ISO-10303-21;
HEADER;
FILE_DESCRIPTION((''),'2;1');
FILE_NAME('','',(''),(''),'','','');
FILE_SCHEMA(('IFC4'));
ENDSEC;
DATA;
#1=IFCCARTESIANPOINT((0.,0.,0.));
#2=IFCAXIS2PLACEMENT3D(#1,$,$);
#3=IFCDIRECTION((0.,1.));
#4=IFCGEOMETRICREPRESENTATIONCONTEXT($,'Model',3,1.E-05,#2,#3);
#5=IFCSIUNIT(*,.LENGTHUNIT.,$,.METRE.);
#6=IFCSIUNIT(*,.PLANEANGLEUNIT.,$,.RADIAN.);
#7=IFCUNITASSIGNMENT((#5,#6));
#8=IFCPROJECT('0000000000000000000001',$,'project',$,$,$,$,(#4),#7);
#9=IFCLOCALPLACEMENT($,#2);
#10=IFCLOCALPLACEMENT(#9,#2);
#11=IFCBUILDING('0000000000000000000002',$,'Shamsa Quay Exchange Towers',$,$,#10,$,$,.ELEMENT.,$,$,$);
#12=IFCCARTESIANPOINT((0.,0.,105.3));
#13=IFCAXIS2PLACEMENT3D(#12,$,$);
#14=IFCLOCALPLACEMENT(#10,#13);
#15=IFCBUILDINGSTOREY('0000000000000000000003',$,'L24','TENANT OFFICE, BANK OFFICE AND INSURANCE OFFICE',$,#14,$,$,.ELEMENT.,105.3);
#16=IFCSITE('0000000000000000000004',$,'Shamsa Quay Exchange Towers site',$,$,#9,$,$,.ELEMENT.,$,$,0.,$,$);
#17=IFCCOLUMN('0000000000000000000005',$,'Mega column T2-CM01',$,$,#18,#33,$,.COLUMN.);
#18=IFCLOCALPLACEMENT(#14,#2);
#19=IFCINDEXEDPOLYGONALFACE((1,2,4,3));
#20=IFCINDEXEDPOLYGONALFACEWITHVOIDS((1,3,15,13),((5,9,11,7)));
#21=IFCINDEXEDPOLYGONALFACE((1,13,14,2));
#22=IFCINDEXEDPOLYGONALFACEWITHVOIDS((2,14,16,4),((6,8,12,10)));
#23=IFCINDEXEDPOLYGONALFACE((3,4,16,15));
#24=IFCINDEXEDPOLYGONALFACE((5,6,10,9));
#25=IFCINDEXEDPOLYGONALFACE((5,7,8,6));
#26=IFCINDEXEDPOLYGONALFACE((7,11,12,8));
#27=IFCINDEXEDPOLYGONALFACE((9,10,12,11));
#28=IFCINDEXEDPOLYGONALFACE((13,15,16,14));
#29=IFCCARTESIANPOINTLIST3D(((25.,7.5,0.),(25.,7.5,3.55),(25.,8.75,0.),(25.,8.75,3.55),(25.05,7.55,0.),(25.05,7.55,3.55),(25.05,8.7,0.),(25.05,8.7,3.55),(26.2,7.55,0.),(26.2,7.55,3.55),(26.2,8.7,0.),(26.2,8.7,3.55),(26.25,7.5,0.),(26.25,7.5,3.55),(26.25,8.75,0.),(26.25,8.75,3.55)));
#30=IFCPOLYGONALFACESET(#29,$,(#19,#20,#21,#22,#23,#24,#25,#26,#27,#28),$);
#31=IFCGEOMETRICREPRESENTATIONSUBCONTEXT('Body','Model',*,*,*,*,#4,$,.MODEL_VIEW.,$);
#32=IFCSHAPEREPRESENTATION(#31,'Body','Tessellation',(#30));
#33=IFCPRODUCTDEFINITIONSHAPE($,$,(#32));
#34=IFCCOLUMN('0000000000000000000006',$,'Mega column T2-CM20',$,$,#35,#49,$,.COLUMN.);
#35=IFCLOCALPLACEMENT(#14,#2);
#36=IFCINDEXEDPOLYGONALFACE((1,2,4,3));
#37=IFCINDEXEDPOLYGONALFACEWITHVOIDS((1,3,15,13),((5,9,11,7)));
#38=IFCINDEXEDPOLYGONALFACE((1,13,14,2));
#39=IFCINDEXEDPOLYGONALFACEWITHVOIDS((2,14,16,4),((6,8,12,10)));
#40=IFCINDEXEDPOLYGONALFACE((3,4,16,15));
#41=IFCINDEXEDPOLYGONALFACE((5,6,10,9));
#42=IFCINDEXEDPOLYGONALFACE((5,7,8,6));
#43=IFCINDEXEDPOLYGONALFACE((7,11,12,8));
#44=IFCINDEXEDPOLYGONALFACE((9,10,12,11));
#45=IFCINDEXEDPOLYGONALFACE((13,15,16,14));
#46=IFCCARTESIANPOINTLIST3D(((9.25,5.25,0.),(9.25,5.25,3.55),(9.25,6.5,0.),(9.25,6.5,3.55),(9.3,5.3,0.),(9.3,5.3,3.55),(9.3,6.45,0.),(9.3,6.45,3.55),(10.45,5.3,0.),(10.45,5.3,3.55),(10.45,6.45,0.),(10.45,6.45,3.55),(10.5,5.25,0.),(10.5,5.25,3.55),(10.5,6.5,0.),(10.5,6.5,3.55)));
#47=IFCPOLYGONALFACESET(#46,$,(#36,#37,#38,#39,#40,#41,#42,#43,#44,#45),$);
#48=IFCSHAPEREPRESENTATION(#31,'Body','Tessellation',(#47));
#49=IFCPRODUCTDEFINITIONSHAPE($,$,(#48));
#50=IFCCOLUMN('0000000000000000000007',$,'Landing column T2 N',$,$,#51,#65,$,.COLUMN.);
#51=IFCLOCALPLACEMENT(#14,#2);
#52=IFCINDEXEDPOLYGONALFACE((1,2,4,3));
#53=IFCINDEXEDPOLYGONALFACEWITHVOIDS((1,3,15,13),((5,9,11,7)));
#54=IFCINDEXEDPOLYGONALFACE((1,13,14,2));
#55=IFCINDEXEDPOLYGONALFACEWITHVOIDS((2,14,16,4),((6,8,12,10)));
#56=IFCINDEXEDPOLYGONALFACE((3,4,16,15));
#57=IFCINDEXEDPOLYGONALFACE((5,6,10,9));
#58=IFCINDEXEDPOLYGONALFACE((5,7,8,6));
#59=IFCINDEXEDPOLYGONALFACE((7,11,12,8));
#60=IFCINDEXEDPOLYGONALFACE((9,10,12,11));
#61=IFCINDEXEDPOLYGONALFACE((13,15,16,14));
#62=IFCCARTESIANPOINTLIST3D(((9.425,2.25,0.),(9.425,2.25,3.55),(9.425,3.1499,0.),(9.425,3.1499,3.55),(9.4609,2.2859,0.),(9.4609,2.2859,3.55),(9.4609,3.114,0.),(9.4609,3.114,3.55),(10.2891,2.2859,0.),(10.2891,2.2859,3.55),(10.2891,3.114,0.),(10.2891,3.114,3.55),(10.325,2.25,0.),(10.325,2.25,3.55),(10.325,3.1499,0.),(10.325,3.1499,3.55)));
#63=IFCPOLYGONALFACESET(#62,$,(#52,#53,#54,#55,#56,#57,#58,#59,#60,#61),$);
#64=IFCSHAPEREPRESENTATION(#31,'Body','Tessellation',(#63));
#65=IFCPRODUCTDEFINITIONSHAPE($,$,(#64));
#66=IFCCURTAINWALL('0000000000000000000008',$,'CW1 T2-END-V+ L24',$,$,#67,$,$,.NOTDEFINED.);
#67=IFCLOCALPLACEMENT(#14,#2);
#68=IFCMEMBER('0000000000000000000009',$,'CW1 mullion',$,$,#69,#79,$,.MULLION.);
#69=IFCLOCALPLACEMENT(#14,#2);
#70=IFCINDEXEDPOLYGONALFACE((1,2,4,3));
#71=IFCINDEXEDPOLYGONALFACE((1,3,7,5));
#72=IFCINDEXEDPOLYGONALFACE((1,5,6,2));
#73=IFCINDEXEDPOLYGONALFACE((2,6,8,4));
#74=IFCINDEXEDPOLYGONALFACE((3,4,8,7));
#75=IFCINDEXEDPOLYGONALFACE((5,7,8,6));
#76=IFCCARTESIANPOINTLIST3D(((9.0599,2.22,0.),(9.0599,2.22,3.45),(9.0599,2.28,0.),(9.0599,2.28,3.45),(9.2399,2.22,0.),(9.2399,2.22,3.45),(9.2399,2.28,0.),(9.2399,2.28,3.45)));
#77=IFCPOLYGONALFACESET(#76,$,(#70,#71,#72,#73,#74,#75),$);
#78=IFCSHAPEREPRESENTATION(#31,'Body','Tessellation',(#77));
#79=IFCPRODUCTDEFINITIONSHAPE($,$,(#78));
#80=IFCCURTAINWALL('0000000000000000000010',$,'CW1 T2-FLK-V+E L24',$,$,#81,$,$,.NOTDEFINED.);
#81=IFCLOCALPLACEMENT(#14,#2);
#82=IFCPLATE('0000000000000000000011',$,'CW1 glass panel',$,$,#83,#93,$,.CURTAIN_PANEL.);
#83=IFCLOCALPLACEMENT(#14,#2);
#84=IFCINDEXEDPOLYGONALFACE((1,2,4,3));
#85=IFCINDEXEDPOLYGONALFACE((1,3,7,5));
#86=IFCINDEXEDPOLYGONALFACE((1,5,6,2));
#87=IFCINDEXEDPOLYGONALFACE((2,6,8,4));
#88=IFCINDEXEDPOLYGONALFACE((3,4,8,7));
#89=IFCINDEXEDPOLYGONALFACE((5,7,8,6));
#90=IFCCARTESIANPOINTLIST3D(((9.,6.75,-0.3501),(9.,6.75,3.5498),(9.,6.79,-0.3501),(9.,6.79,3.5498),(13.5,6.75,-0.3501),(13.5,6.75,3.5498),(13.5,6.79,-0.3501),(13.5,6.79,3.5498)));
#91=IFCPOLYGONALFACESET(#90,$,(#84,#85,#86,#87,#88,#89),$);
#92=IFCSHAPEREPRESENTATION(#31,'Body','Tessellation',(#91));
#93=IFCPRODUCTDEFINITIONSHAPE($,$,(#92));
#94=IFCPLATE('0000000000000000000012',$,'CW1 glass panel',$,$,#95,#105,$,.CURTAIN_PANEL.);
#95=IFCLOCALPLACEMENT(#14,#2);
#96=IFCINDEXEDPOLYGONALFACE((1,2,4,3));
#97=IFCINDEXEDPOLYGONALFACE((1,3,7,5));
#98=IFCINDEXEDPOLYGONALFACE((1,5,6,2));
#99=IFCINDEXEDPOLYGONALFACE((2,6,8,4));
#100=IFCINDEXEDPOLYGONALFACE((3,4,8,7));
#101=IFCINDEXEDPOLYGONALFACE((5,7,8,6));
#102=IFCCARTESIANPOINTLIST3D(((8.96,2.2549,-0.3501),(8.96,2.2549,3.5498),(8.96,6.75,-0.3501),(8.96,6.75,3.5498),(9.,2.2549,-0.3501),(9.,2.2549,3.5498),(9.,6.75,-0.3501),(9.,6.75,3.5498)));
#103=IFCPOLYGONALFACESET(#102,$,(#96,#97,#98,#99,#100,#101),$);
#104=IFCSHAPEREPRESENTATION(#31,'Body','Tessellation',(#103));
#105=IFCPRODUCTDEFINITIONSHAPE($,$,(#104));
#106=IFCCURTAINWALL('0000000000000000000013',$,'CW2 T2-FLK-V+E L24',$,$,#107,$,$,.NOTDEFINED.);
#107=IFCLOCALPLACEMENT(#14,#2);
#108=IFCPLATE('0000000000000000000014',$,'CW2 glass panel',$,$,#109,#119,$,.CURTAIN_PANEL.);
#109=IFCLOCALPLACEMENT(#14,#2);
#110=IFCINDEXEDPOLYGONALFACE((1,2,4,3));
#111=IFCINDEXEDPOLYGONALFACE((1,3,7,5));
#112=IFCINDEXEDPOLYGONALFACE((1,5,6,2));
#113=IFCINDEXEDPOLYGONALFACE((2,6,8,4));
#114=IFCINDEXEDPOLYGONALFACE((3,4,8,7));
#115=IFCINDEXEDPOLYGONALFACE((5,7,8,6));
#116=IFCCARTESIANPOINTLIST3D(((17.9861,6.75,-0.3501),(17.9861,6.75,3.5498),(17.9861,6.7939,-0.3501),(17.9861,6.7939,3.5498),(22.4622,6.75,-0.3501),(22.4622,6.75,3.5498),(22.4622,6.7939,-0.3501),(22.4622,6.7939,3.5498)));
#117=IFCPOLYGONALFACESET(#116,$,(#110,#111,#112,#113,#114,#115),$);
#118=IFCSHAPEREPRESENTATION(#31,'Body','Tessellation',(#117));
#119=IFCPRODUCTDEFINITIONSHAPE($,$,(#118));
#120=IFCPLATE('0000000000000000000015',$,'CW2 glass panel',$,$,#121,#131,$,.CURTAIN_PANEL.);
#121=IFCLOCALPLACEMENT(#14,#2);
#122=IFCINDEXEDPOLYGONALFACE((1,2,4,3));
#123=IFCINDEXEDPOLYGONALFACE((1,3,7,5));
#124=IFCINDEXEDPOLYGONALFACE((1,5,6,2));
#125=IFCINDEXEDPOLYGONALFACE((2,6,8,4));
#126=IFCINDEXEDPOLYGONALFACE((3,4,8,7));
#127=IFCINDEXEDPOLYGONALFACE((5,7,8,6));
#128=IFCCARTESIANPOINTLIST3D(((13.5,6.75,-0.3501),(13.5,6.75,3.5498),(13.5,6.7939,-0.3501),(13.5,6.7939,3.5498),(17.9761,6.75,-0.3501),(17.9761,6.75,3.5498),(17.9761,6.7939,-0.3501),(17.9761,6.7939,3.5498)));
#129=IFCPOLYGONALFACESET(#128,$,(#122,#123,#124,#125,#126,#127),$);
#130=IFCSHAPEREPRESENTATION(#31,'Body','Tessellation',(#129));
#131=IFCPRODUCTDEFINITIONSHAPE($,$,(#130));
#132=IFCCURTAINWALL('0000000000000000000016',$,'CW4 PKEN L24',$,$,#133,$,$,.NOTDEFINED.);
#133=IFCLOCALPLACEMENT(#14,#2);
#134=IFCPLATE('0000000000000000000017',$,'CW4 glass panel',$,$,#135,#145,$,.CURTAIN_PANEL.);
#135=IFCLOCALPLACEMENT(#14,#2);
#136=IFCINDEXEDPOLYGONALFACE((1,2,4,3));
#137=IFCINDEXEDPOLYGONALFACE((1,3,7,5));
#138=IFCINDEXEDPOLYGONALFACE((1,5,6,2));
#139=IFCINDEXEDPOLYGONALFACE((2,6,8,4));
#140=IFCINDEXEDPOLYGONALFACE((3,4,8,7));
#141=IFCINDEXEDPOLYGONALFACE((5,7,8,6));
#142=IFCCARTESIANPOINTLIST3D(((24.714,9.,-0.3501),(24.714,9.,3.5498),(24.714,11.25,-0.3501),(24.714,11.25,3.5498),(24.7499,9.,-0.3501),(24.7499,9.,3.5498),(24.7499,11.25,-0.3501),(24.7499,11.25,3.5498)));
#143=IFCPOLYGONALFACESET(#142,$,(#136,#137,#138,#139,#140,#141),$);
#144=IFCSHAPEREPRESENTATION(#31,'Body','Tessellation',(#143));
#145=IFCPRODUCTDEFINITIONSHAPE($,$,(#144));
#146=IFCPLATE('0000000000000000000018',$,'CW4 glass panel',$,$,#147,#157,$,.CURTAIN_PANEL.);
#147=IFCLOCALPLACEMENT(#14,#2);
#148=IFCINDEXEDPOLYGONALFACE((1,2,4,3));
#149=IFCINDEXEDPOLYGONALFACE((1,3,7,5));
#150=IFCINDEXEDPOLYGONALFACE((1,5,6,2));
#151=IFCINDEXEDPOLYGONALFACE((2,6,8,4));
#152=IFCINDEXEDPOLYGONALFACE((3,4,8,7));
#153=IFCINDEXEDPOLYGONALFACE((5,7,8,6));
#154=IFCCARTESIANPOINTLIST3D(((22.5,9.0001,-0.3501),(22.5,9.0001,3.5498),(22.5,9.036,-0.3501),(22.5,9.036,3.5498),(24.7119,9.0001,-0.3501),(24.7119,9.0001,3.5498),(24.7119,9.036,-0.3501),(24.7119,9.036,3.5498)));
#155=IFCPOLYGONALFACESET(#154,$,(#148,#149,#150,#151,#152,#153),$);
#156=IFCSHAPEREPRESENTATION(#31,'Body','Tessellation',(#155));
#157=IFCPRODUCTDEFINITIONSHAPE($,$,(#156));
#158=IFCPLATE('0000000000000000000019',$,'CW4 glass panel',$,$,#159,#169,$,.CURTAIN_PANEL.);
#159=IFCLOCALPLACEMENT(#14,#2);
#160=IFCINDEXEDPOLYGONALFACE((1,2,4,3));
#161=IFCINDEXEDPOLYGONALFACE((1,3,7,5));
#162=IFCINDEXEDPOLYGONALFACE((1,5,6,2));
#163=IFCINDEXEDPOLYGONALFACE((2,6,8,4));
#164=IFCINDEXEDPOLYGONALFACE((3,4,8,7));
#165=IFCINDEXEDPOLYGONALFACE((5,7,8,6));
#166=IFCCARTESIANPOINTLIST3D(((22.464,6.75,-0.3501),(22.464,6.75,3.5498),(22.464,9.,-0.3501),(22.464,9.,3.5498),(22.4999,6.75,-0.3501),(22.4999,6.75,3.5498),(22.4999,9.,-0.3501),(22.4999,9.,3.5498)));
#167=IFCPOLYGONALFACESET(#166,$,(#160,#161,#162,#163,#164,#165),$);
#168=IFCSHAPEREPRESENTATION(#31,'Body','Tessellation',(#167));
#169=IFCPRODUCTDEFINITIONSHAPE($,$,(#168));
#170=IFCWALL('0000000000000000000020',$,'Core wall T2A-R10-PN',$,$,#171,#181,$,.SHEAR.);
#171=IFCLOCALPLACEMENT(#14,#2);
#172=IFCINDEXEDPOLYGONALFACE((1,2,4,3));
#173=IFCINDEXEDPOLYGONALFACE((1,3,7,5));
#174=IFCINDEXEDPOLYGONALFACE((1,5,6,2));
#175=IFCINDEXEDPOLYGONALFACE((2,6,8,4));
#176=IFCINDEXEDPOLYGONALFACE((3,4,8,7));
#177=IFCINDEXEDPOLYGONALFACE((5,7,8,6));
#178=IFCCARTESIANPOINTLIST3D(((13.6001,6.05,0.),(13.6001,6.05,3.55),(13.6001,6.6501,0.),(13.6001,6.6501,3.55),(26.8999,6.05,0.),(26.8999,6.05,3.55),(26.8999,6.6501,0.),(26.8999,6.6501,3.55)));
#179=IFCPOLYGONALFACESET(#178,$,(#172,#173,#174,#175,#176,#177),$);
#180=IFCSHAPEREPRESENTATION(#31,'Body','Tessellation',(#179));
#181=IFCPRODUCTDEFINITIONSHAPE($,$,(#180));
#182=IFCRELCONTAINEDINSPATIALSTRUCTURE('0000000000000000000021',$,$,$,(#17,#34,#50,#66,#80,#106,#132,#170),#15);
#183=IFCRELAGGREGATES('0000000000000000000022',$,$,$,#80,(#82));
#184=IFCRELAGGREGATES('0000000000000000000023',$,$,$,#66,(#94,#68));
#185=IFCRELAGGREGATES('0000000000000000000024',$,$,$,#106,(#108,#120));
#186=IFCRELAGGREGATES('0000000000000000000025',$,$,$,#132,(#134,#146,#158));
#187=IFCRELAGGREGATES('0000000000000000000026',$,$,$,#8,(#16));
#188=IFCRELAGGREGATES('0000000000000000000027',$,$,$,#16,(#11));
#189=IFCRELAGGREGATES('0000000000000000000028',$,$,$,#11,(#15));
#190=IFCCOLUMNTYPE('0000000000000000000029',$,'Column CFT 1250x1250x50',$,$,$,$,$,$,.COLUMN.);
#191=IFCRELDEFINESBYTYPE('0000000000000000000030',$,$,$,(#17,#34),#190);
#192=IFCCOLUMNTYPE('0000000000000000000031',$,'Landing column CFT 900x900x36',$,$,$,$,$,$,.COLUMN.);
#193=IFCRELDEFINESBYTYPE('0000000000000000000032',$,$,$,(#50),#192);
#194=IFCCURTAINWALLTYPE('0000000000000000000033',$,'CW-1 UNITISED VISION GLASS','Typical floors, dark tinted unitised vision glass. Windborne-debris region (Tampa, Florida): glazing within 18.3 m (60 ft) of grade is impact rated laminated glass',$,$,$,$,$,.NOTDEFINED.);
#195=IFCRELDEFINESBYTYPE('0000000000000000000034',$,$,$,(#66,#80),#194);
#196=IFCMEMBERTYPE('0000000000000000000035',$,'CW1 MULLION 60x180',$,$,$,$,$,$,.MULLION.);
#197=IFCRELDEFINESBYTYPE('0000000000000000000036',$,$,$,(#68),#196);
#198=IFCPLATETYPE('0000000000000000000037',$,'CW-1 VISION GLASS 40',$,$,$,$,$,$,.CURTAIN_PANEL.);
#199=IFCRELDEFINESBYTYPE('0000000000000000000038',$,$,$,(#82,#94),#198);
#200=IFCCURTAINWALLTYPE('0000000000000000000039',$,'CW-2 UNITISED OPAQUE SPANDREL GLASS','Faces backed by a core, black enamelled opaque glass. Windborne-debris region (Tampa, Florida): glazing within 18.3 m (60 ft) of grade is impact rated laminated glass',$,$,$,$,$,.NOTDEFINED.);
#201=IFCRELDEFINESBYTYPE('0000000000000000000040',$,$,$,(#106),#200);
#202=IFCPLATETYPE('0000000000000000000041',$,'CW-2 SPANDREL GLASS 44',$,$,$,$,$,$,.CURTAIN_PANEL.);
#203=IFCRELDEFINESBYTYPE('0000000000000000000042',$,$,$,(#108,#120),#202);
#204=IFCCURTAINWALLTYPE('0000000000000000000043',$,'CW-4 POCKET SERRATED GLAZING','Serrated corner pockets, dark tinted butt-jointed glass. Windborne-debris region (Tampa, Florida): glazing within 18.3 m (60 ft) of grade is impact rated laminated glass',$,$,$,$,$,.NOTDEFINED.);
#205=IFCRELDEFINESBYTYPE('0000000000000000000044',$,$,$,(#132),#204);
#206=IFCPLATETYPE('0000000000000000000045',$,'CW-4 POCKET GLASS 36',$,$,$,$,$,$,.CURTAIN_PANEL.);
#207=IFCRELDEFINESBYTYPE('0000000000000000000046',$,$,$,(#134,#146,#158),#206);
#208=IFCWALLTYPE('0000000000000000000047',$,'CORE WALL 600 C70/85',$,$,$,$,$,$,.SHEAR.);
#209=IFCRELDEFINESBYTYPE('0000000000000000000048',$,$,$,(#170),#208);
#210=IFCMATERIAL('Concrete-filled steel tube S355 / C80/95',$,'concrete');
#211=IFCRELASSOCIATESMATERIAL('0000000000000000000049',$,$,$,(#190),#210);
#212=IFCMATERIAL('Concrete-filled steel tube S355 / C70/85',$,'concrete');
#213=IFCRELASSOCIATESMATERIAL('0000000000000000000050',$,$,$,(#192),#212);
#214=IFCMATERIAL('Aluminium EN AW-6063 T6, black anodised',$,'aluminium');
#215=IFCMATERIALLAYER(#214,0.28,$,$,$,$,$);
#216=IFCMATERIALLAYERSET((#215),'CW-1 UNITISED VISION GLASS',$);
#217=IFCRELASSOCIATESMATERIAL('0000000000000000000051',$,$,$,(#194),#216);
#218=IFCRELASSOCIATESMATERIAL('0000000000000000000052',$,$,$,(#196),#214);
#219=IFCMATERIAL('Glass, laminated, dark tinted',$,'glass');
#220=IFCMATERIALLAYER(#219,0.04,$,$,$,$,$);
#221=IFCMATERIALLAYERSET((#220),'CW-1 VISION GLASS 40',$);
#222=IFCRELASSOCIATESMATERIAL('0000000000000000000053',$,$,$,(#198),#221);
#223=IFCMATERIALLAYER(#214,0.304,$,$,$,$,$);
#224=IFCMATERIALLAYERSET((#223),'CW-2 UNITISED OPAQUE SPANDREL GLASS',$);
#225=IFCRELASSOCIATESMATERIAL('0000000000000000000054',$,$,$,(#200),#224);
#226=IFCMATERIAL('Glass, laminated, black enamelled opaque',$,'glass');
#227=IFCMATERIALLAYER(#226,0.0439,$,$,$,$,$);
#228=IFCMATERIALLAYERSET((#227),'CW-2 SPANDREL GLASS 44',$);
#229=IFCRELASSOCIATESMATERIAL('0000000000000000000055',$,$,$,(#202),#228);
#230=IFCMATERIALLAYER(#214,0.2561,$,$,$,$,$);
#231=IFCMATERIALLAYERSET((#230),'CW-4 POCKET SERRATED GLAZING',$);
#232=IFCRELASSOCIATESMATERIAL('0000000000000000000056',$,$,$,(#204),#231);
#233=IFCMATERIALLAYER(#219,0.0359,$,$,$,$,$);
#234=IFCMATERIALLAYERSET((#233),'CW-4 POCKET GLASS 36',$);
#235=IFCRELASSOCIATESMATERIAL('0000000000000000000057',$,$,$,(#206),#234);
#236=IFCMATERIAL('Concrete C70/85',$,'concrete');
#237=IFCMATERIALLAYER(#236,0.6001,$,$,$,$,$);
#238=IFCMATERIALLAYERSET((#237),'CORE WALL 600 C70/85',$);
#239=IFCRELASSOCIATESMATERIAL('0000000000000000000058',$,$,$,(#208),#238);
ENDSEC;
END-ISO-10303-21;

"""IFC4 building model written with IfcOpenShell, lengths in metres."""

from ifc_helpers import new_model, si_unit, direction, frame, frame_2d, origin, origin_2d, place, context, subcontext, project, spatial, rectangle, hollow_rectangle, extrude, material, layer, layer_set, material_profile, profile_set, type_object, element, aggregate, save


model = new_model("IFC4")

# Units and contexts
model_context = context("Model", 3, precision=1e-05, world=origin(), true_north=direction((0.0, 1.0)))
body_context = subcontext(model_context, "Body", "Model", "MODEL_VIEW")
ifc_project = project(units=[si_unit("LENGTHUNIT", "METRE"), si_unit("PLANEANGLEUNIT", "RADIAN")], contexts=[model_context])

# Site, building, storey
site_placement = place(None, origin())
site = spatial("IfcSite", under=ifc_project, at=site_placement, Name="Shamsa Quay Exchange Towers site", CompositionType="ELEMENT", RefElevation=0.0)
building_placement = place(site_placement, origin())
building = spatial("IfcBuilding", under=site, at=building_placement, Name="Shamsa Quay Exchange Towers", CompositionType="ELEMENT")
storey_placement = place(building_placement, frame((0.0, 0.0, 105.3)))
storey = spatial("IfcBuildingStorey", under=building, at=storey_placement, Name="L24", Description="TENANT OFFICE, BANK OFFICE AND INSURANCE OFFICE", CompositionType="ELEMENT", Elevation=105.3)

# Columns
ifc_material_1 = material(Name="Concrete-filled steel tube S355 / C80/95", Category="concrete")
ifc_material_profile_1 = material_profile(ifc_material_1, hollow_rectangle(XDim=1.25, YDim=1.25, WallThickness=0.05, at=origin_2d()), Name="CFT 1250x1250x50")
ifc_profile_set_1 = profile_set([ifc_material_profile_1], Name="Concrete-filled steel tube S355 / C80/95")
column_type_1 = type_object("IfcColumnType", Name="Column CFT 1250x1250x50", PredefinedType="COLUMN", material=ifc_profile_set_1)
for number, where, name in (
    (1, (25.625, 8.125, 0.0), "Mega column T2-CM01"),
    (2, (9.875, 5.875, 0.0), "Mega column T2-CM20"),
):
    element("IfcColumn", number, at=place(storey_placement, frame(where)), inside=storey, type_object=column_type_1, Name=name, PredefinedType="COLUMN", context=body_context, shape_type="SweptSolid", body=[
        extrude(hollow_rectangle(XDim=1.25, YDim=1.25, WallThickness=0.05, at=origin_2d()), origin(), (0.0, 0.0, 1.0), 3.55),
    ])
ifc_material_2 = material(Name="Concrete-filled steel tube S355 / C70/85", Category="concrete")
ifc_material_profile_2 = material_profile(ifc_material_2, hollow_rectangle(XDim=0.8999, YDim=0.8999, WallThickness=0.0359, at=origin_2d()), Name="CFT 900x900x36")
ifc_profile_set_2 = profile_set([ifc_material_profile_2], Name="Concrete-filled steel tube S355 / C70/85")
column_type_2 = type_object("IfcColumnType", Name="Landing column CFT 900x900x36", PredefinedType="COLUMN", material=ifc_profile_set_2)
column_placement = place(storey_placement, frame((9.875, 2.7, 0.0)))
element("IfcColumn", 3, at=column_placement, inside=storey, type_object=column_type_2, Name="Landing column T2 N", PredefinedType="COLUMN", context=body_context, shape_type="SweptSolid", body=[
    extrude(hollow_rectangle(XDim=0.8999, YDim=0.8999, WallThickness=0.0359, at=origin_2d()), origin(), (0.0, 0.0, 1.0), 3.55),
])

# Curtain wall, member
ifc_material_3 = material(Name="Aluminium EN AW-6063 T6, black anodised", Category="aluminium")
ifc_layer_1 = layer(ifc_material_3, 0.28)
ifc_layer_set_1 = layer_set([ifc_layer_1], Name="CW-1 UNITISED VISION GLASS")
curtain_wall_type_1 = type_object("IfcCurtainWallType", Name="CW-1 UNITISED VISION GLASS", Description="Typical floors, dark tinted unitised vision glass. Windborne-debris region (Tampa, Florida): glazing within 18.3 m (60 ft) of grade is impact rated laminated glass", PredefinedType="NOTDEFINED", material=ifc_layer_set_1)
curtain_wall_1_placement = place(storey_placement, origin())
curtain_wall_1 = element("IfcCurtainWall", 4, at=curtain_wall_1_placement, inside=storey, type_object=curtain_wall_type_1, Name="CW1 T2-END-V+ L24", PredefinedType="NOTDEFINED")
ifc_material_profile_3 = material_profile(ifc_material_3, rectangle(XDim=0.1799, YDim=0.0601, at=origin_2d()), Name="MU60x180")
ifc_profile_set_3 = profile_set([ifc_material_profile_3], Name="Aluminium EN AW-6063 T6, black anodised")
member_type = type_object("IfcMemberType", Name="CW1 MULLION 60x180", PredefinedType="MULLION", material=ifc_profile_set_3)
member_placement = place(storey_placement, frame((9.1499, 2.25, 0.0)))
member = element("IfcMember", 5, at=member_placement, type_object=member_type, Name="CW1 mullion", PredefinedType="MULLION", context=body_context, shape_type="SweptSolid", body=[
    extrude(rectangle(XDim=0.1799, YDim=0.0601, at=origin_2d()), origin(), (0.0, 0.0, 1.0), 3.45),
])

# Curtain wall, plate
curtain_wall_2_placement = place(storey_placement, origin())
curtain_wall_2 = element("IfcCurtainWall", 6, at=curtain_wall_2_placement, inside=storey, type_object=curtain_wall_type_1, Name="CW1 T2-FLK-V+E L24", PredefinedType="NOTDEFINED")
ifc_material_4 = material(Name="Glass, laminated, dark tinted", Category="glass")
ifc_layer_2 = layer(ifc_material_4, 0.04)
ifc_layer_set_2 = layer_set([ifc_layer_2], Name="CW-1 VISION GLASS 40")
plate_type_1 = type_object("IfcPlateType", Name="CW-1 VISION GLASS 40", PredefinedType="CURTAIN_PANEL", material=ifc_layer_set_2)
plate_1_placement = place(storey_placement, frame((11.25, 6.77, -0.3501), z_axis=(0.0, 0.0, 1.0), x_axis=(-1.0, 0.0, 0.0)))
plate_1 = element("IfcPlate", 7, at=plate_1_placement, type_object=plate_type_1, Name="CW1 glass panel", PredefinedType="CURTAIN_PANEL", context=body_context, shape_type="SweptSolid", body=[
    extrude(rectangle(XDim=4.5, YDim=0.04, at=origin_2d()), origin(), (0.0, 0.0, 1.0), 3.8999),
])
aggregate(curtain_wall_2, [plate_1])

# Plate
plate_2_placement = place(storey_placement, frame((8.98, 4.5024, -0.3501), z_axis=(0.0, 0.0, 1.0), x_axis=(0.0, -1.0, 0.0)))
plate_2 = element("IfcPlate", 8, at=plate_2_placement, type_object=plate_type_1, Name="CW1 glass panel", PredefinedType="CURTAIN_PANEL", context=body_context, shape_type="SweptSolid", body=[
    extrude(rectangle(XDim=4.4951, YDim=0.04, at=origin_2d()), origin(), (0.0, 0.0, 1.0), 3.8999),
])
aggregate(curtain_wall_1, [plate_2, member])

# Curtain walls, plates
ifc_layer_3 = layer(ifc_material_3, 0.304)
ifc_layer_set_3 = layer_set([ifc_layer_3], Name="CW-2 UNITISED OPAQUE SPANDREL GLASS")
curtain_wall_type_2 = type_object("IfcCurtainWallType", Name="CW-2 UNITISED OPAQUE SPANDREL GLASS", Description="Faces backed by a core, black enamelled opaque glass. Windborne-debris region (Tampa, Florida): glazing within 18.3 m (60 ft) of grade is impact rated laminated glass", PredefinedType="NOTDEFINED", material=ifc_layer_set_3)
curtain_wall_3_placement = place(storey_placement, origin())
curtain_wall_3 = element("IfcCurtainWall", 9, at=curtain_wall_3_placement, inside=storey, type_object=curtain_wall_type_2, Name="CW2 T2-FLK-V+E L24", PredefinedType="NOTDEFINED")
ifc_material_5 = material(Name="Glass, laminated, black enamelled opaque", Category="glass")
ifc_layer_4 = layer(ifc_material_5, 0.0439)
ifc_layer_set_4 = layer_set([ifc_layer_4], Name="CW-2 SPANDREL GLASS 44")
plate_type_2 = type_object("IfcPlateType", Name="CW-2 SPANDREL GLASS 44", PredefinedType="CURTAIN_PANEL", material=ifc_layer_set_4)
plate_3_placement = place(storey_placement, frame((20.2241, 6.772, -0.3501), z_axis=(0.0, 0.0, 1.0), x_axis=(-1.0, 0.0, 0.0)))
plate_3 = element("IfcPlate", 10, at=plate_3_placement, type_object=plate_type_2, Name="CW2 glass panel", PredefinedType="CURTAIN_PANEL", context=body_context, shape_type="SweptSolid", body=[
    extrude(rectangle(XDim=4.4761, YDim=0.0439, at=origin_2d()), origin(), (0.0, 0.0, 1.0), 3.8999),
])
plate_4_placement = place(storey_placement, frame((15.738, 6.772, -0.3501), z_axis=(0.0, 0.0, 1.0), x_axis=(-1.0, 0.0, 0.0)))
plate_4 = element("IfcPlate", 11, at=plate_4_placement, type_object=plate_type_2, Name="CW2 glass panel", PredefinedType="CURTAIN_PANEL", context=body_context, shape_type="SweptSolid", body=[
    extrude(rectangle(XDim=4.4761, YDim=0.0439, at=origin_2d()), origin(), (0.0, 0.0, 1.0), 3.8999),
])
aggregate(curtain_wall_3, [plate_3, plate_4])
ifc_layer_5 = layer(ifc_material_3, 0.2561)
ifc_layer_set_5 = layer_set([ifc_layer_5], Name="CW-4 POCKET SERRATED GLAZING")
curtain_wall_type_3 = type_object("IfcCurtainWallType", Name="CW-4 POCKET SERRATED GLAZING", Description="Serrated corner pockets, dark tinted butt-jointed glass. Windborne-debris region (Tampa, Florida): glazing within 18.3 m (60 ft) of grade is impact rated laminated glass", PredefinedType="NOTDEFINED", material=ifc_layer_set_5)
curtain_wall_4_placement = place(storey_placement, origin())
curtain_wall_4 = element("IfcCurtainWall", 12, at=curtain_wall_4_placement, inside=storey, type_object=curtain_wall_type_3, Name="CW4 PKEN L24", PredefinedType="NOTDEFINED")
ifc_layer_6 = layer(ifc_material_4, 0.0359)
ifc_layer_set_6 = layer_set([ifc_layer_6], Name="CW-4 POCKET GLASS 36")
plate_type_3 = type_object("IfcPlateType", Name="CW-4 POCKET GLASS 36", PredefinedType="CURTAIN_PANEL", material=ifc_layer_set_6)
plate_5_placement = place(storey_placement, frame((24.7319, 10.125, -0.3501), z_axis=(0.0, 0.0, 1.0), x_axis=(0.0, -1.0, 0.0)))
plate_5 = element("IfcPlate", 13, at=plate_5_placement, type_object=plate_type_3, Name="CW4 glass panel", PredefinedType="CURTAIN_PANEL", context=body_context, shape_type="SweptSolid", body=[
    extrude(rectangle(XDim=2.25, YDim=0.0359, at=origin_2d()), origin(), (0.0, 0.0, 1.0), 3.8999),
])
plate_6_placement = place(storey_placement, frame((23.606, 9.0181, -0.3501), z_axis=(0.0, 0.0, 1.0), x_axis=(-1.0, 0.0, 0.0)))
plate_6 = element("IfcPlate", 14, at=plate_6_placement, type_object=plate_type_3, Name="CW4 glass panel", PredefinedType="CURTAIN_PANEL", context=body_context, shape_type="SweptSolid", body=[
    extrude(rectangle(XDim=2.2119, YDim=0.0359, at=origin_2d()), origin(), (0.0, 0.0, 1.0), 3.8999),
])
plate_7_placement = place(storey_placement, frame((22.4819, 7.875, -0.3501), z_axis=(0.0, 0.0, 1.0), x_axis=(0.0, -1.0, 0.0)))
plate_7 = element("IfcPlate", 15, at=plate_7_placement, type_object=plate_type_3, Name="CW4 glass panel", PredefinedType="CURTAIN_PANEL", context=body_context, shape_type="SweptSolid", body=[
    extrude(rectangle(XDim=2.25, YDim=0.0359, at=origin_2d()), origin(), (0.0, 0.0, 1.0), 3.8999),
])
aggregate(curtain_wall_4, [plate_5, plate_6, plate_7])

# Wall
ifc_material_6 = material(Name="Concrete C70/85", Category="concrete")
ifc_layer_7 = layer(ifc_material_6, 0.6001)
ifc_layer_set_7 = layer_set([ifc_layer_7], Name="CORE WALL 600 C70/85")
wall_type_1 = type_object("IfcWallType", Name="CORE WALL 600 C70/85", PredefinedType="SHEAR", material=ifc_layer_set_7)
wall_1_placement = place(storey_placement, frame((13.6001, 6.3501, 0.0)))
element("IfcWall", 16, at=wall_1_placement, inside=storey, type_object=wall_type_1, Name="Core wall T2A-R10-PN", PredefinedType="SHEAR", context=body_context, shape_type="SweptSolid", body=[
    extrude(rectangle(XDim=13.2998, YDim=0.6001, at=frame_2d((6.6499, 0.0))), origin(), (0.0, 0.0, 1.0), 3.55),
])

save(model, "model.ifc")
